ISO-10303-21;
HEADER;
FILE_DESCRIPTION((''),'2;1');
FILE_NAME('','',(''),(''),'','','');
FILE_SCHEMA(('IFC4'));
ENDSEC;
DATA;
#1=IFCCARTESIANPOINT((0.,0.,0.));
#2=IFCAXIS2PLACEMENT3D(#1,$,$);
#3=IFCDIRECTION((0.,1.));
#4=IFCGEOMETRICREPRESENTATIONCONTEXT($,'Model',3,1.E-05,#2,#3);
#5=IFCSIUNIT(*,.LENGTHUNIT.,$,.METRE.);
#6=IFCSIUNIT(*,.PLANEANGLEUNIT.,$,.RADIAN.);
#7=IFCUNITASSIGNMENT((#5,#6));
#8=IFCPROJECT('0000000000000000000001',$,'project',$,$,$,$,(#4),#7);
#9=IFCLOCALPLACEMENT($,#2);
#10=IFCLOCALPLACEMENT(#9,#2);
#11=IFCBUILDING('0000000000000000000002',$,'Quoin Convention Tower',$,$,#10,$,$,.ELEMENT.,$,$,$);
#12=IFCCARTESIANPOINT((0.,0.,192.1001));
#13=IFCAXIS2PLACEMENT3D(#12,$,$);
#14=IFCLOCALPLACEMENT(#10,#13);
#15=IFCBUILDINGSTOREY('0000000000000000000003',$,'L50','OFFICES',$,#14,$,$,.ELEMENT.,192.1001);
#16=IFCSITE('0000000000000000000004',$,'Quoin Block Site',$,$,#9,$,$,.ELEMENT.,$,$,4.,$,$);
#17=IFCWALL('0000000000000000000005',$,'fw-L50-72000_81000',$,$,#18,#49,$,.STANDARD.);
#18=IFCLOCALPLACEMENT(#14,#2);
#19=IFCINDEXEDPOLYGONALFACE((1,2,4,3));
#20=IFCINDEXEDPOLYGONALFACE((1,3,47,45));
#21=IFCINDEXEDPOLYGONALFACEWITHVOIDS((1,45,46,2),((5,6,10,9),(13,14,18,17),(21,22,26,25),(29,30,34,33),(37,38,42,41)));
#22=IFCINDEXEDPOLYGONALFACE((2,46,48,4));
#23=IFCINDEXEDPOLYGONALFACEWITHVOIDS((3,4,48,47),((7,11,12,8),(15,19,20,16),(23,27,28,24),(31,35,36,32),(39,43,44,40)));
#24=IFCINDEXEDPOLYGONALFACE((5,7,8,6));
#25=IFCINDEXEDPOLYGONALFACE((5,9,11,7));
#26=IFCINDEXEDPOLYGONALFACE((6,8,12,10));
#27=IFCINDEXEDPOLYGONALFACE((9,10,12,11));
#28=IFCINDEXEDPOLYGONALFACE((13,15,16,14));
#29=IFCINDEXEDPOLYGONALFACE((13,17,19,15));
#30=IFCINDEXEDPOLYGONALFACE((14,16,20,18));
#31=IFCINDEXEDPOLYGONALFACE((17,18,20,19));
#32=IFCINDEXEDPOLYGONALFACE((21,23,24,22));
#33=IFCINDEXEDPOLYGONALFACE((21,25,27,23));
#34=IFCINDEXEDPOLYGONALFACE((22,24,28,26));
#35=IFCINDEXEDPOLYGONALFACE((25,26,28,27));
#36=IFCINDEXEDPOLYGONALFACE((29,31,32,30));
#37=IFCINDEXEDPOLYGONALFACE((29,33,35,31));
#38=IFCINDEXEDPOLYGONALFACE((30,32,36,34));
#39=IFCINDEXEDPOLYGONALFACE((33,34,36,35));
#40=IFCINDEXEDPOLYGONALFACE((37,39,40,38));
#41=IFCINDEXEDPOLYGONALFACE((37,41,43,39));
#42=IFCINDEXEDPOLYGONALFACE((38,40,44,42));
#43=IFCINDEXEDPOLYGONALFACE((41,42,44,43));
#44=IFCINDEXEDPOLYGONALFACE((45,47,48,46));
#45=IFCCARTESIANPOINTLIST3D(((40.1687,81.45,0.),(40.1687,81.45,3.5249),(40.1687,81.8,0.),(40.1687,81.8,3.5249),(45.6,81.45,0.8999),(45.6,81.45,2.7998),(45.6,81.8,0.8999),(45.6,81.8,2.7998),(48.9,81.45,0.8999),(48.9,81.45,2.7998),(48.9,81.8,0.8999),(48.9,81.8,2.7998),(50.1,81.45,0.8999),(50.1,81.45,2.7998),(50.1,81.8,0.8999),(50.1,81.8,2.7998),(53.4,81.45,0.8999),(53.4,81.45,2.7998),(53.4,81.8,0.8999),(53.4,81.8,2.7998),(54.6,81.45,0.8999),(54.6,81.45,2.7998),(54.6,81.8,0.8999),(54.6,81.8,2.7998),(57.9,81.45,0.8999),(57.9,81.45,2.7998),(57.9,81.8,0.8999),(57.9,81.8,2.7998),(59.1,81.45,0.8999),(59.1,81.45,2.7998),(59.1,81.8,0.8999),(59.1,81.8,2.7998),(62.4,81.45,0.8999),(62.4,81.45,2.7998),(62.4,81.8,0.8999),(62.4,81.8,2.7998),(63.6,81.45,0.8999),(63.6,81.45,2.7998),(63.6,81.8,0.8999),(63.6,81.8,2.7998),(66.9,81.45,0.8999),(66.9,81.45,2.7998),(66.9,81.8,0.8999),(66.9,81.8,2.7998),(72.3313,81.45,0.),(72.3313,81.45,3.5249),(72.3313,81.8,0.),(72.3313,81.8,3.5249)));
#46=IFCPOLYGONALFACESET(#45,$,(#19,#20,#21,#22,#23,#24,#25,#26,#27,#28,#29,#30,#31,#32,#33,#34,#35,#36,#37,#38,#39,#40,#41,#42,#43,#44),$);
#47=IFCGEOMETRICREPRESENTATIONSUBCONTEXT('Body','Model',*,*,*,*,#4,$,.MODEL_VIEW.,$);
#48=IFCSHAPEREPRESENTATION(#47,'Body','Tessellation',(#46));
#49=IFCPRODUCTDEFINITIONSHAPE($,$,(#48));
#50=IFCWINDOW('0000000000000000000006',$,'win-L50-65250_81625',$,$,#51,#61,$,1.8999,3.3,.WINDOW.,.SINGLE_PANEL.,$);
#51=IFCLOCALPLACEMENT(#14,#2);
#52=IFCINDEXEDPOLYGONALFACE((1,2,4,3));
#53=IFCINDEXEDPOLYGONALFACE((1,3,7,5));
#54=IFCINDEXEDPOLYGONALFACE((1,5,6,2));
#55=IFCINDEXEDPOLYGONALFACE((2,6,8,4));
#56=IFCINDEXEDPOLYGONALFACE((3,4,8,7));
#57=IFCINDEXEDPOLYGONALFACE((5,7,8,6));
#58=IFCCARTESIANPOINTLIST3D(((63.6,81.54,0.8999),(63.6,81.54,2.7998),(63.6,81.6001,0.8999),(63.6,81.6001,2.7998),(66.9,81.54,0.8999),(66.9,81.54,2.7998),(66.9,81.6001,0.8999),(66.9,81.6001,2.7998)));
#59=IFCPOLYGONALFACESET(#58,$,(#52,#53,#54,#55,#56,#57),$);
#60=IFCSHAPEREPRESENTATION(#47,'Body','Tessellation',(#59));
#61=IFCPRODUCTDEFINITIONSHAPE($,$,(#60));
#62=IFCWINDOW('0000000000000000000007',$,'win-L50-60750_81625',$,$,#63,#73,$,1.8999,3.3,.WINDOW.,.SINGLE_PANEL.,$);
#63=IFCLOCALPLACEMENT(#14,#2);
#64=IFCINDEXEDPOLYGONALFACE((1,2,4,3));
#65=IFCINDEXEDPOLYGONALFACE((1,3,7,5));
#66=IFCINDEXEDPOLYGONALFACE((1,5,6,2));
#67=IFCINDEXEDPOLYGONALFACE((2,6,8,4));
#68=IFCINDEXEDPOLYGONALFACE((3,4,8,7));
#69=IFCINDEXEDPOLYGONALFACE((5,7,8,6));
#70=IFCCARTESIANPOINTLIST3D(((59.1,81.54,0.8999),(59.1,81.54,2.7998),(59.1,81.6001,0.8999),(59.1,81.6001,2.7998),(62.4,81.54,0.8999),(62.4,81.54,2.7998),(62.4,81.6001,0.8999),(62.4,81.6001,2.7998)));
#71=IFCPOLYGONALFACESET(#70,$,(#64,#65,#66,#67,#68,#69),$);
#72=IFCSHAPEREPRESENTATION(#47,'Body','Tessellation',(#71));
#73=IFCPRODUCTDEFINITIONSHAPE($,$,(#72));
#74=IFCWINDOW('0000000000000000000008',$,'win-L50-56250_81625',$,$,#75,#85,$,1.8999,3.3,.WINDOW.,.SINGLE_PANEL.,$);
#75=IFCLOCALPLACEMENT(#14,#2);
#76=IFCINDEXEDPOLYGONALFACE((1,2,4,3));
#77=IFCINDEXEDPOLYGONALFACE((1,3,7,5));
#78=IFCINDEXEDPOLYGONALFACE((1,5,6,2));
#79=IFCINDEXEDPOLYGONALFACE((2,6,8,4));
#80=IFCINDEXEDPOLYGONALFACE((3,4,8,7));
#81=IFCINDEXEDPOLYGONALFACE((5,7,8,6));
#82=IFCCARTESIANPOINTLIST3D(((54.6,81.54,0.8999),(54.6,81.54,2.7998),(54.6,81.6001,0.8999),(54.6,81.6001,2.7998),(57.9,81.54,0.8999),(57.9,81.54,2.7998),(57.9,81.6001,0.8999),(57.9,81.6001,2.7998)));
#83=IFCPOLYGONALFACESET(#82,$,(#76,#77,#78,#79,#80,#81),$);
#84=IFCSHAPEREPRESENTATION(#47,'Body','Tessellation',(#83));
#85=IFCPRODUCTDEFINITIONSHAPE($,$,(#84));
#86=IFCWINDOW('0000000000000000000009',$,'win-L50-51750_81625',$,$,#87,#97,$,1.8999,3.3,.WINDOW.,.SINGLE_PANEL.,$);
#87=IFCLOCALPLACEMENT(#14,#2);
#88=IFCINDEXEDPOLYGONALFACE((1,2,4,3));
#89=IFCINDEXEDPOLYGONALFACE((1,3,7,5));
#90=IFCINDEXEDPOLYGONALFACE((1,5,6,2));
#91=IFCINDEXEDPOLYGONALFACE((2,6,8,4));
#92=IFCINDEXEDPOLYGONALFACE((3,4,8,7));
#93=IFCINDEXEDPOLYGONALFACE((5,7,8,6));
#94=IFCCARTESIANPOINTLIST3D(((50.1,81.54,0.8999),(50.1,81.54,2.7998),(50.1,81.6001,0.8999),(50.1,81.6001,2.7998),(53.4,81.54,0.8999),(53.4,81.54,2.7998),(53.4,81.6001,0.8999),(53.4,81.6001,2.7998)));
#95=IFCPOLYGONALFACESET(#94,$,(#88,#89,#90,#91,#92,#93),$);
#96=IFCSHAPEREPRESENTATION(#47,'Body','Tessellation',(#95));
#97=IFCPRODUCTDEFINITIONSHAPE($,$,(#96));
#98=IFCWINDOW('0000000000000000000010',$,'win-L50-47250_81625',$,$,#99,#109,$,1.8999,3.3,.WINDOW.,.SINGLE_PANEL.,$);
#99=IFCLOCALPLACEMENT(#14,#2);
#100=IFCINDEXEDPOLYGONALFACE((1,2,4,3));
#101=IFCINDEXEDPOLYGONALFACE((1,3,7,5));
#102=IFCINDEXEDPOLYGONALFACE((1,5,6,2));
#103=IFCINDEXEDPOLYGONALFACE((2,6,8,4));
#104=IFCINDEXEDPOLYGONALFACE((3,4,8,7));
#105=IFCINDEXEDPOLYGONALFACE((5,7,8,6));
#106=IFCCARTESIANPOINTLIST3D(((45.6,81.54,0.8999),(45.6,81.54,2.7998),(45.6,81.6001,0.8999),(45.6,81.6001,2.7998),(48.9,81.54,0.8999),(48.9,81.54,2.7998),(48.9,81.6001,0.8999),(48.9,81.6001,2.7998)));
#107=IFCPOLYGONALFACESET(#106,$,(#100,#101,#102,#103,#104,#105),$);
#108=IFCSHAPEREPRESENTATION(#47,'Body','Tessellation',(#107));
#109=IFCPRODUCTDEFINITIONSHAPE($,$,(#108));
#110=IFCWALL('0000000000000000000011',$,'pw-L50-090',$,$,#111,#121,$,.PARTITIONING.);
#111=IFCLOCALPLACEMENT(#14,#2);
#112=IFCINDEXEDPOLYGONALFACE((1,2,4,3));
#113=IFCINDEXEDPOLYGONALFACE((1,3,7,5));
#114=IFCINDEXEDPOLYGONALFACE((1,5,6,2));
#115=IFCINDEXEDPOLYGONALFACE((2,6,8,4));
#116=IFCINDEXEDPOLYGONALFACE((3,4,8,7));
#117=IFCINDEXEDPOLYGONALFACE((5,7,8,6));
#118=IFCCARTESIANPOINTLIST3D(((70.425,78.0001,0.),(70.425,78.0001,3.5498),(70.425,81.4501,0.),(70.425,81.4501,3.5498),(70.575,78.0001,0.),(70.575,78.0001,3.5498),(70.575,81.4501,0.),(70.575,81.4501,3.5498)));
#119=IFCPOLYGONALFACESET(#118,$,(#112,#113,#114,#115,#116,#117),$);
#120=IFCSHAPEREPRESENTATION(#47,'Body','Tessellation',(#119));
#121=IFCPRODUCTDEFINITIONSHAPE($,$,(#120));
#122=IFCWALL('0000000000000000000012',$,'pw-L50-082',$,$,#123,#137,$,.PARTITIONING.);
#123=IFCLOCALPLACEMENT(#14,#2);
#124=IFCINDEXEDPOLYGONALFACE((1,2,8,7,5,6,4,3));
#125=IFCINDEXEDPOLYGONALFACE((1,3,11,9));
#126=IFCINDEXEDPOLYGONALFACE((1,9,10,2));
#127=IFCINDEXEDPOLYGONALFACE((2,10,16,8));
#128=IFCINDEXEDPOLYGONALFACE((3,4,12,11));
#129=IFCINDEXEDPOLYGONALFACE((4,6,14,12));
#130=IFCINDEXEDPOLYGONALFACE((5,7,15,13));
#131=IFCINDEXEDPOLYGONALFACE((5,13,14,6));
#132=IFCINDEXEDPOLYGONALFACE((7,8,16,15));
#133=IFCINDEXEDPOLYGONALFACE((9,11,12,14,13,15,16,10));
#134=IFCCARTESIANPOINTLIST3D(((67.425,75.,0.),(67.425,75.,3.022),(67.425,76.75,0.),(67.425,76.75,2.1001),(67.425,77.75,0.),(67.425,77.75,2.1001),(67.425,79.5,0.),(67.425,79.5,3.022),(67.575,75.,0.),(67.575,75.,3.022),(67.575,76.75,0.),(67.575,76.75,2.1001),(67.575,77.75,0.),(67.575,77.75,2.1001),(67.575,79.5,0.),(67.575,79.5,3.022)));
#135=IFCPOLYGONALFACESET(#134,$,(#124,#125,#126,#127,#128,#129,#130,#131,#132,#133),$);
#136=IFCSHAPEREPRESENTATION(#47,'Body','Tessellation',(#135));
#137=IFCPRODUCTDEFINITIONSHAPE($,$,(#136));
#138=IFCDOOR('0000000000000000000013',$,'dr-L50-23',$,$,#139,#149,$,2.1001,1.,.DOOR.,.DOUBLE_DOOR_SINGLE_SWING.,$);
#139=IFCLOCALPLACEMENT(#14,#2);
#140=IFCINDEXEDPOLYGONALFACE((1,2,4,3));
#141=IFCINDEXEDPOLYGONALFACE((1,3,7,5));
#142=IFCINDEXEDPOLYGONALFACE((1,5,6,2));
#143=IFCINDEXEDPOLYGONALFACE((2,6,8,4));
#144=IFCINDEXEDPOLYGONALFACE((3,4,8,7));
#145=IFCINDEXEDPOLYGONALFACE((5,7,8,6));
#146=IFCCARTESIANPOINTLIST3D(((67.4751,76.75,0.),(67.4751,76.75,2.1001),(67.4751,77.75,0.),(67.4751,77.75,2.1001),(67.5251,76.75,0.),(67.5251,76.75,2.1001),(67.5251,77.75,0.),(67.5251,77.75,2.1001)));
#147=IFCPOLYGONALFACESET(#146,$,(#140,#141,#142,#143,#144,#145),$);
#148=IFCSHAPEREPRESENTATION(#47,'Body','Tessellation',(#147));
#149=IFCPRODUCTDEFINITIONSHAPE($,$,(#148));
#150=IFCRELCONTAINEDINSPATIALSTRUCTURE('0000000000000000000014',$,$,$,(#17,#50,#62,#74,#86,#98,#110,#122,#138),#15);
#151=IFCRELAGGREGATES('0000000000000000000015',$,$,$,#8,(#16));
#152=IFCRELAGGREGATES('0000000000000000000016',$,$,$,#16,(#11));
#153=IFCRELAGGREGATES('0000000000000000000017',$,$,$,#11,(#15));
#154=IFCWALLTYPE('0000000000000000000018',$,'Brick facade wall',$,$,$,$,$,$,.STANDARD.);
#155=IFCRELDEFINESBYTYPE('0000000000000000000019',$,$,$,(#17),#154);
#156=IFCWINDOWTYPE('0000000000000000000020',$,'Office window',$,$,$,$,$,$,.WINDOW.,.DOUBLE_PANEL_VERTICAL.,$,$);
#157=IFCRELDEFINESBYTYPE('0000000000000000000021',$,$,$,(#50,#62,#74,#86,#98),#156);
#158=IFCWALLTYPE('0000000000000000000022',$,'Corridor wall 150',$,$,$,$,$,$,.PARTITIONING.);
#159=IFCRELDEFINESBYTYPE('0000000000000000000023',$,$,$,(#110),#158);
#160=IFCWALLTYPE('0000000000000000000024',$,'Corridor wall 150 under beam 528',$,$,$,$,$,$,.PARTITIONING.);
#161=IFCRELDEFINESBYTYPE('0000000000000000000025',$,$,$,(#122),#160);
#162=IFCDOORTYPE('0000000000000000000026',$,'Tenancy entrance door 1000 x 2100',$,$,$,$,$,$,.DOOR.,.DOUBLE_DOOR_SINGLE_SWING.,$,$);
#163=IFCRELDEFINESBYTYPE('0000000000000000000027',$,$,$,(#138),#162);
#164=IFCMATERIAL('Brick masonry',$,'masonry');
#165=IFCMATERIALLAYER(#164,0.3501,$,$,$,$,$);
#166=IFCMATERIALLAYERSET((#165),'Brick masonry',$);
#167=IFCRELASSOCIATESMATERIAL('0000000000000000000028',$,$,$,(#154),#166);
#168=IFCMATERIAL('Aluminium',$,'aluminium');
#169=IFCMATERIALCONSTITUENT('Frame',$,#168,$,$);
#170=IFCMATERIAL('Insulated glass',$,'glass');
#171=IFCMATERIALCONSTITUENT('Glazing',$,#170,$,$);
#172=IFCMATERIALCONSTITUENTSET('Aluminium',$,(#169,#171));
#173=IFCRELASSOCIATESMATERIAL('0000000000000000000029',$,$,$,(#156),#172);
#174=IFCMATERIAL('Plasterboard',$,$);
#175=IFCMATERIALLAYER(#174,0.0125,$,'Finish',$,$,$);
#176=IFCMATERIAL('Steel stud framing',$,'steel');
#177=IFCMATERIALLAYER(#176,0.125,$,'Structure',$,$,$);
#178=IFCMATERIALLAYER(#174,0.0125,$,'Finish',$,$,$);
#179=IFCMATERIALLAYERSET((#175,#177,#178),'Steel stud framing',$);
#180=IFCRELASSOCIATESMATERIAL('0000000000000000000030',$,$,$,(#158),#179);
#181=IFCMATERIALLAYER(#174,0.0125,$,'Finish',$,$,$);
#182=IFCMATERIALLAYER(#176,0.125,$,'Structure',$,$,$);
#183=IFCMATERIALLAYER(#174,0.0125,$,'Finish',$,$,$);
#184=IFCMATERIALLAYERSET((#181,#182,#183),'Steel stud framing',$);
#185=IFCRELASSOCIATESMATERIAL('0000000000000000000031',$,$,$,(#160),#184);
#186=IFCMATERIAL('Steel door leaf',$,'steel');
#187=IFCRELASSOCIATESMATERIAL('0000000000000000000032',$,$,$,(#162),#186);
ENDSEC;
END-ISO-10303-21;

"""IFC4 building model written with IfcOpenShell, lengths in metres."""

from ifc_helpers import new_model, si_unit, direction, frame, frame_2d, origin, place, context, subcontext, project, spatial, rectangle, extrude, material, layer, layer_set, constituent, constituent_set, type_object, element, fill, save


model = new_model("IFC4")

# Units and contexts
model_context = context("Model", 3, precision=1e-05, world=origin(), true_north=direction((0.0, 1.0)))
body_context = subcontext(model_context, "Body", "Model", "MODEL_VIEW")
ifc_project = project(units=[si_unit("LENGTHUNIT", "METRE"), si_unit("PLANEANGLEUNIT", "RADIAN")], contexts=[model_context])

# Site, building, storey
site_placement = place(None, origin())
site = spatial("IfcSite", under=ifc_project, at=site_placement, Name="Quoin Block Site", CompositionType="ELEMENT", RefElevation=4.0)
building_placement = place(site_placement, origin())
building = spatial("IfcBuilding", under=site, at=building_placement, Name="Quoin Convention Tower", CompositionType="ELEMENT")
storey_placement = place(building_placement, frame((0.0, 0.0, 192.1001)))
storey = spatial("IfcBuildingStorey", under=building, at=storey_placement, Name="L50", Description="OFFICES", CompositionType="ELEMENT", Elevation=192.1001)

# Shared definitions
ifc_material_1 = material(Name="Brick masonry", Category="masonry")
ifc_layer_1 = layer(ifc_material_1, 0.3501)
ifc_layer_set_1 = layer_set([ifc_layer_1], Name="Brick masonry")
wall_type_1 = type_object("IfcWallType", Name="Brick facade wall", PredefinedType="STANDARD", material=ifc_layer_set_1)
ifc_material_2 = material(Name="Aluminium", Category="aluminium")
ifc_constituent_1 = constituent(ifc_material_2, Name="Frame")
ifc_material_3 = material(Name="Insulated glass", Category="glass")
ifc_constituent_2 = constituent(ifc_material_3, Name="Glazing")
ifc_constituent_set = constituent_set(constituents=[ifc_constituent_1, ifc_constituent_2], Name="Aluminium")
window_type = type_object("IfcWindowType", Name="Office window", PartitioningType="DOUBLE_PANEL_VERTICAL", PredefinedType="WINDOW", material=ifc_constituent_set)

# Wall, openings, windows
wall_1_placement = place(storey_placement, frame((72.3313, 81.625, 0.0), z_axis=(0.0, 0.0, 1.0), x_axis=(-1.0, 0.0, 0.0)))
wall_1 = element("IfcWall", 1, at=wall_1_placement, inside=storey, type_object=wall_type_1, Name="fw-L50-72000_81000", PredefinedType="STANDARD", context=body_context, shape_type="SweptSolid", body=[
    extrude(rectangle(XDim=32.1626, YDim=0.3501, at=frame_2d((16.0813, 0.0))), origin(), (0.0, 0.0, 1.0), 3.5249),
])
opening_1_placement = place(wall_1_placement, frame((5.4314, 0.0, 0.8999)))
opening_1 = element("IfcOpeningElement", 2, at=opening_1_placement, cuts=wall_1, PredefinedType="OPENING", context=body_context, shape_type="SweptSolid", body=[
    extrude(rectangle(XDim=3.3, YDim=1.8999, at=frame_2d((1.6499, 0.95))), frame((0.0, 0.1851, 0.0), z_axis=(0.0, -1.0, 0.0), x_axis=(1.0, 0.0, 0.0)), (0.0, 0.0, 1.0), 0.3701),
])
opening_2_placement = place(wall_1_placement, frame((9.9314, 0.0, 0.8999)))
opening_2 = element("IfcOpeningElement", 3, at=opening_2_placement, cuts=wall_1, PredefinedType="OPENING", context=body_context, shape_type="SweptSolid", body=[
    extrude(rectangle(XDim=3.3, YDim=1.8999, at=frame_2d((1.6499, 0.95))), frame((0.0, 0.1851, 0.0), z_axis=(0.0, -1.0, 0.0), x_axis=(1.0, 0.0, 0.0)), (0.0, 0.0, 1.0), 0.3701),
])
opening_3_placement = place(wall_1_placement, frame((14.4314, 0.0, 0.8999)))
opening_3 = element("IfcOpeningElement", 4, at=opening_3_placement, cuts=wall_1, PredefinedType="OPENING", context=body_context, shape_type="SweptSolid", body=[
    extrude(rectangle(XDim=3.3, YDim=1.8999, at=frame_2d((1.6499, 0.95))), frame((0.0, 0.1851, 0.0), z_axis=(0.0, -1.0, 0.0), x_axis=(1.0, 0.0, 0.0)), (0.0, 0.0, 1.0), 0.3701),
])
opening_4_placement = place(wall_1_placement, frame((18.9314, 0.0, 0.8999)))
opening_4 = element("IfcOpeningElement", 5, at=opening_4_placement, cuts=wall_1, PredefinedType="OPENING", context=body_context, shape_type="SweptSolid", body=[
    extrude(rectangle(XDim=3.3, YDim=1.8999, at=frame_2d((1.6499, 0.95))), frame((0.0, 0.1851, 0.0), z_axis=(0.0, -1.0, 0.0), x_axis=(1.0, 0.0, 0.0)), (0.0, 0.0, 1.0), 0.3701),
])
opening_5_placement = place(wall_1_placement, frame((23.4314, 0.0, 0.8999)))
opening_5 = element("IfcOpeningElement", 6, at=opening_5_placement, cuts=wall_1, PredefinedType="OPENING", context=body_context, shape_type="SweptSolid", body=[
    extrude(rectangle(XDim=3.3, YDim=1.8999, at=frame_2d((1.6499, 0.95))), frame((0.0, 0.1851, 0.0), z_axis=(0.0, -1.0, 0.0), x_axis=(1.0, 0.0, 0.0)), (0.0, 0.0, 1.0), 0.3701),
])
window_1_placement = place(opening_1_placement, origin())
window_1 = element("IfcWindow", 7, at=window_1_placement, inside=storey, type_object=window_type, Name="win-L50-65250_81625", OverallHeight=1.8999, OverallWidth=3.3, PartitioningType="SINGLE_PANEL", PredefinedType="WINDOW", context=body_context, shape_type="SweptSolid", body=[
    extrude(rectangle(XDim=3.3, YDim=1.8999, at=frame_2d((1.6499, 0.95))), frame((0.0, 0.085, 0.0), z_axis=(0.0, -1.0, 0.0), x_axis=(1.0, 0.0, 0.0)), (0.0, 0.0, 1.0), 0.0601),
])
fill(opening_1, window_1)
window_2_placement = place(opening_2_placement, origin())
window_2 = element("IfcWindow", 8, at=window_2_placement, inside=storey, type_object=window_type, Name="win-L50-60750_81625", OverallHeight=1.8999, OverallWidth=3.3, PartitioningType="SINGLE_PANEL", PredefinedType="WINDOW", context=body_context, shape_type="SweptSolid", body=[
    extrude(rectangle(XDim=3.3, YDim=1.8999, at=frame_2d((1.6499, 0.95))), frame((0.0, 0.085, 0.0), z_axis=(0.0, -1.0, 0.0), x_axis=(1.0, 0.0, 0.0)), (0.0, 0.0, 1.0), 0.0601),
])
fill(opening_2, window_2)
window_3_placement = place(opening_3_placement, origin())
window_3 = element("IfcWindow", 9, at=window_3_placement, inside=storey, type_object=window_type, Name="win-L50-56250_81625", OverallHeight=1.8999, OverallWidth=3.3, PartitioningType="SINGLE_PANEL", PredefinedType="WINDOW", context=body_context, shape_type="SweptSolid", body=[
    extrude(rectangle(XDim=3.3, YDim=1.8999, at=frame_2d((1.6499, 0.95))), frame((0.0, 0.085, 0.0), z_axis=(0.0, -1.0, 0.0), x_axis=(1.0, 0.0, 0.0)), (0.0, 0.0, 1.0), 0.0601),
])
fill(opening_3, window_3)
window_4_placement = place(opening_4_placement, origin())
window_4 = element("IfcWindow", 10, at=window_4_placement, inside=storey, type_object=window_type, Name="win-L50-51750_81625", OverallHeight=1.8999, OverallWidth=3.3, PartitioningType="SINGLE_PANEL", PredefinedType="WINDOW", context=body_context, shape_type="SweptSolid", body=[
    extrude(rectangle(XDim=3.3, YDim=1.8999, at=frame_2d((1.6499, 0.95))), frame((0.0, 0.085, 0.0), z_axis=(0.0, -1.0, 0.0), x_axis=(1.0, 0.0, 0.0)), (0.0, 0.0, 1.0), 0.0601),
])
fill(opening_4, window_4)
window_5_placement = place(opening_5_placement, origin())
window_5 = element("IfcWindow", 11, at=window_5_placement, inside=storey, type_object=window_type, Name="win-L50-47250_81625", OverallHeight=1.8999, OverallWidth=3.3, PartitioningType="SINGLE_PANEL", PredefinedType="WINDOW", context=body_context, shape_type="SweptSolid", body=[
    extrude(rectangle(XDim=3.3, YDim=1.8999, at=frame_2d((1.6499, 0.95))), frame((0.0, 0.085, 0.0), z_axis=(0.0, -1.0, 0.0), x_axis=(1.0, 0.0, 0.0)), (0.0, 0.0, 1.0), 0.0601),
])
fill(opening_5, window_5)

# Wall
ifc_material_4 = material(Name="Plasterboard")
ifc_layer_2 = layer(ifc_material_4, 0.0125, Name="Finish")
ifc_material_5 = material(Name="Steel stud framing", Category="steel")
ifc_layer_3 = layer(ifc_material_5, 0.125, Name="Structure")
ifc_layer_4 = layer(ifc_material_4, 0.0125, Name="Finish")
ifc_layer_set_2 = layer_set([ifc_layer_2, ifc_layer_3, ifc_layer_4], Name="Steel stud framing")
wall_type_2 = type_object("IfcWallType", Name="Corridor wall 150", PredefinedType="PARTITIONING", material=ifc_layer_set_2)
wall_2_placement = place(storey_placement, frame((70.5, 78.0, 0.0), z_axis=(0.0, 0.0, 1.0), x_axis=(0.0, 1.0, 0.0)))
element("IfcWall", 12, at=wall_2_placement, inside=storey, type_object=wall_type_2, Name="pw-L50-090", PredefinedType="PARTITIONING", context=body_context, shape_type="SweptSolid", body=[
    extrude(rectangle(XDim=3.45, YDim=0.1499, at=frame_2d((1.7251, 0.0))), origin(), (0.0, 0.0, 1.0), 3.5498),
])

# Wall, opening, door
ifc_layer_5 = layer(ifc_material_4, 0.0125, Name="Finish")
ifc_layer_6 = layer(ifc_material_5, 0.125, Name="Structure")
ifc_layer_7 = layer(ifc_material_4, 0.0125, Name="Finish")
ifc_layer_set_3 = layer_set([ifc_layer_5, ifc_layer_6, ifc_layer_7], Name="Steel stud framing")
wall_type_3 = type_object("IfcWallType", Name="Corridor wall 150 under beam 528", PredefinedType="PARTITIONING", material=ifc_layer_set_3)
wall_3_placement = place(storey_placement, frame((67.5, 75.0, 0.0), z_axis=(0.0, 0.0, 1.0), x_axis=(0.0, 1.0, 0.0)))
wall_3 = element("IfcWall", 13, at=wall_3_placement, inside=storey, type_object=wall_type_3, Name="pw-L50-082", PredefinedType="PARTITIONING", context=body_context, shape_type="SweptSolid", body=[
    extrude(rectangle(XDim=4.5, YDim=0.1499, at=frame_2d((2.25, 0.0))), origin(), (0.0, 0.0, 1.0), 3.022),
])
opening_6_placement = place(wall_3_placement, frame((1.75, 0.0, 0.0)))
opening_6 = element("IfcOpeningElement", 14, at=opening_6_placement, cuts=wall_3, PredefinedType="OPENING", context=body_context, shape_type="SweptSolid", body=[
    extrude(rectangle(XDim=1.0, YDim=2.1001, at=frame_2d((0.5, 1.05))), frame((0.0, 0.085, 0.0), z_axis=(0.0, -1.0, 0.0), x_axis=(1.0, 0.0, 0.0)), (0.0, 0.0, 1.0), 0.1699),
])
ifc_material_6 = material(Name="Steel door leaf", Category="steel")
door_type_1 = type_object("IfcDoorType", Name="Tenancy entrance door 1000 x 2100", OperationType="DOUBLE_DOOR_SINGLE_SWING", PredefinedType="DOOR", material=ifc_material_6)
door_1_placement = place(opening_6_placement, origin())
door_1 = element("IfcDoor", 15, at=door_1_placement, inside=storey, type_object=door_type_1, Name="dr-L50-23", OperationType="DOUBLE_DOOR_SINGLE_SWING", OverallHeight=2.1001, OverallWidth=1.0, PredefinedType="DOOR", context=body_context, shape_type="SweptSolid", body=[
    extrude(rectangle(XDim=1.0, YDim=2.1001, at=frame_2d((0.5, 1.05))), frame((0.0, 0.0249, 0.0), z_axis=(0.0, -1.0, 0.0), x_axis=(1.0, 0.0, 0.0)), (0.0, 0.0, 1.0), 0.05),
])
fill(opening_6, door_1)

save(model, "model.ifc")
